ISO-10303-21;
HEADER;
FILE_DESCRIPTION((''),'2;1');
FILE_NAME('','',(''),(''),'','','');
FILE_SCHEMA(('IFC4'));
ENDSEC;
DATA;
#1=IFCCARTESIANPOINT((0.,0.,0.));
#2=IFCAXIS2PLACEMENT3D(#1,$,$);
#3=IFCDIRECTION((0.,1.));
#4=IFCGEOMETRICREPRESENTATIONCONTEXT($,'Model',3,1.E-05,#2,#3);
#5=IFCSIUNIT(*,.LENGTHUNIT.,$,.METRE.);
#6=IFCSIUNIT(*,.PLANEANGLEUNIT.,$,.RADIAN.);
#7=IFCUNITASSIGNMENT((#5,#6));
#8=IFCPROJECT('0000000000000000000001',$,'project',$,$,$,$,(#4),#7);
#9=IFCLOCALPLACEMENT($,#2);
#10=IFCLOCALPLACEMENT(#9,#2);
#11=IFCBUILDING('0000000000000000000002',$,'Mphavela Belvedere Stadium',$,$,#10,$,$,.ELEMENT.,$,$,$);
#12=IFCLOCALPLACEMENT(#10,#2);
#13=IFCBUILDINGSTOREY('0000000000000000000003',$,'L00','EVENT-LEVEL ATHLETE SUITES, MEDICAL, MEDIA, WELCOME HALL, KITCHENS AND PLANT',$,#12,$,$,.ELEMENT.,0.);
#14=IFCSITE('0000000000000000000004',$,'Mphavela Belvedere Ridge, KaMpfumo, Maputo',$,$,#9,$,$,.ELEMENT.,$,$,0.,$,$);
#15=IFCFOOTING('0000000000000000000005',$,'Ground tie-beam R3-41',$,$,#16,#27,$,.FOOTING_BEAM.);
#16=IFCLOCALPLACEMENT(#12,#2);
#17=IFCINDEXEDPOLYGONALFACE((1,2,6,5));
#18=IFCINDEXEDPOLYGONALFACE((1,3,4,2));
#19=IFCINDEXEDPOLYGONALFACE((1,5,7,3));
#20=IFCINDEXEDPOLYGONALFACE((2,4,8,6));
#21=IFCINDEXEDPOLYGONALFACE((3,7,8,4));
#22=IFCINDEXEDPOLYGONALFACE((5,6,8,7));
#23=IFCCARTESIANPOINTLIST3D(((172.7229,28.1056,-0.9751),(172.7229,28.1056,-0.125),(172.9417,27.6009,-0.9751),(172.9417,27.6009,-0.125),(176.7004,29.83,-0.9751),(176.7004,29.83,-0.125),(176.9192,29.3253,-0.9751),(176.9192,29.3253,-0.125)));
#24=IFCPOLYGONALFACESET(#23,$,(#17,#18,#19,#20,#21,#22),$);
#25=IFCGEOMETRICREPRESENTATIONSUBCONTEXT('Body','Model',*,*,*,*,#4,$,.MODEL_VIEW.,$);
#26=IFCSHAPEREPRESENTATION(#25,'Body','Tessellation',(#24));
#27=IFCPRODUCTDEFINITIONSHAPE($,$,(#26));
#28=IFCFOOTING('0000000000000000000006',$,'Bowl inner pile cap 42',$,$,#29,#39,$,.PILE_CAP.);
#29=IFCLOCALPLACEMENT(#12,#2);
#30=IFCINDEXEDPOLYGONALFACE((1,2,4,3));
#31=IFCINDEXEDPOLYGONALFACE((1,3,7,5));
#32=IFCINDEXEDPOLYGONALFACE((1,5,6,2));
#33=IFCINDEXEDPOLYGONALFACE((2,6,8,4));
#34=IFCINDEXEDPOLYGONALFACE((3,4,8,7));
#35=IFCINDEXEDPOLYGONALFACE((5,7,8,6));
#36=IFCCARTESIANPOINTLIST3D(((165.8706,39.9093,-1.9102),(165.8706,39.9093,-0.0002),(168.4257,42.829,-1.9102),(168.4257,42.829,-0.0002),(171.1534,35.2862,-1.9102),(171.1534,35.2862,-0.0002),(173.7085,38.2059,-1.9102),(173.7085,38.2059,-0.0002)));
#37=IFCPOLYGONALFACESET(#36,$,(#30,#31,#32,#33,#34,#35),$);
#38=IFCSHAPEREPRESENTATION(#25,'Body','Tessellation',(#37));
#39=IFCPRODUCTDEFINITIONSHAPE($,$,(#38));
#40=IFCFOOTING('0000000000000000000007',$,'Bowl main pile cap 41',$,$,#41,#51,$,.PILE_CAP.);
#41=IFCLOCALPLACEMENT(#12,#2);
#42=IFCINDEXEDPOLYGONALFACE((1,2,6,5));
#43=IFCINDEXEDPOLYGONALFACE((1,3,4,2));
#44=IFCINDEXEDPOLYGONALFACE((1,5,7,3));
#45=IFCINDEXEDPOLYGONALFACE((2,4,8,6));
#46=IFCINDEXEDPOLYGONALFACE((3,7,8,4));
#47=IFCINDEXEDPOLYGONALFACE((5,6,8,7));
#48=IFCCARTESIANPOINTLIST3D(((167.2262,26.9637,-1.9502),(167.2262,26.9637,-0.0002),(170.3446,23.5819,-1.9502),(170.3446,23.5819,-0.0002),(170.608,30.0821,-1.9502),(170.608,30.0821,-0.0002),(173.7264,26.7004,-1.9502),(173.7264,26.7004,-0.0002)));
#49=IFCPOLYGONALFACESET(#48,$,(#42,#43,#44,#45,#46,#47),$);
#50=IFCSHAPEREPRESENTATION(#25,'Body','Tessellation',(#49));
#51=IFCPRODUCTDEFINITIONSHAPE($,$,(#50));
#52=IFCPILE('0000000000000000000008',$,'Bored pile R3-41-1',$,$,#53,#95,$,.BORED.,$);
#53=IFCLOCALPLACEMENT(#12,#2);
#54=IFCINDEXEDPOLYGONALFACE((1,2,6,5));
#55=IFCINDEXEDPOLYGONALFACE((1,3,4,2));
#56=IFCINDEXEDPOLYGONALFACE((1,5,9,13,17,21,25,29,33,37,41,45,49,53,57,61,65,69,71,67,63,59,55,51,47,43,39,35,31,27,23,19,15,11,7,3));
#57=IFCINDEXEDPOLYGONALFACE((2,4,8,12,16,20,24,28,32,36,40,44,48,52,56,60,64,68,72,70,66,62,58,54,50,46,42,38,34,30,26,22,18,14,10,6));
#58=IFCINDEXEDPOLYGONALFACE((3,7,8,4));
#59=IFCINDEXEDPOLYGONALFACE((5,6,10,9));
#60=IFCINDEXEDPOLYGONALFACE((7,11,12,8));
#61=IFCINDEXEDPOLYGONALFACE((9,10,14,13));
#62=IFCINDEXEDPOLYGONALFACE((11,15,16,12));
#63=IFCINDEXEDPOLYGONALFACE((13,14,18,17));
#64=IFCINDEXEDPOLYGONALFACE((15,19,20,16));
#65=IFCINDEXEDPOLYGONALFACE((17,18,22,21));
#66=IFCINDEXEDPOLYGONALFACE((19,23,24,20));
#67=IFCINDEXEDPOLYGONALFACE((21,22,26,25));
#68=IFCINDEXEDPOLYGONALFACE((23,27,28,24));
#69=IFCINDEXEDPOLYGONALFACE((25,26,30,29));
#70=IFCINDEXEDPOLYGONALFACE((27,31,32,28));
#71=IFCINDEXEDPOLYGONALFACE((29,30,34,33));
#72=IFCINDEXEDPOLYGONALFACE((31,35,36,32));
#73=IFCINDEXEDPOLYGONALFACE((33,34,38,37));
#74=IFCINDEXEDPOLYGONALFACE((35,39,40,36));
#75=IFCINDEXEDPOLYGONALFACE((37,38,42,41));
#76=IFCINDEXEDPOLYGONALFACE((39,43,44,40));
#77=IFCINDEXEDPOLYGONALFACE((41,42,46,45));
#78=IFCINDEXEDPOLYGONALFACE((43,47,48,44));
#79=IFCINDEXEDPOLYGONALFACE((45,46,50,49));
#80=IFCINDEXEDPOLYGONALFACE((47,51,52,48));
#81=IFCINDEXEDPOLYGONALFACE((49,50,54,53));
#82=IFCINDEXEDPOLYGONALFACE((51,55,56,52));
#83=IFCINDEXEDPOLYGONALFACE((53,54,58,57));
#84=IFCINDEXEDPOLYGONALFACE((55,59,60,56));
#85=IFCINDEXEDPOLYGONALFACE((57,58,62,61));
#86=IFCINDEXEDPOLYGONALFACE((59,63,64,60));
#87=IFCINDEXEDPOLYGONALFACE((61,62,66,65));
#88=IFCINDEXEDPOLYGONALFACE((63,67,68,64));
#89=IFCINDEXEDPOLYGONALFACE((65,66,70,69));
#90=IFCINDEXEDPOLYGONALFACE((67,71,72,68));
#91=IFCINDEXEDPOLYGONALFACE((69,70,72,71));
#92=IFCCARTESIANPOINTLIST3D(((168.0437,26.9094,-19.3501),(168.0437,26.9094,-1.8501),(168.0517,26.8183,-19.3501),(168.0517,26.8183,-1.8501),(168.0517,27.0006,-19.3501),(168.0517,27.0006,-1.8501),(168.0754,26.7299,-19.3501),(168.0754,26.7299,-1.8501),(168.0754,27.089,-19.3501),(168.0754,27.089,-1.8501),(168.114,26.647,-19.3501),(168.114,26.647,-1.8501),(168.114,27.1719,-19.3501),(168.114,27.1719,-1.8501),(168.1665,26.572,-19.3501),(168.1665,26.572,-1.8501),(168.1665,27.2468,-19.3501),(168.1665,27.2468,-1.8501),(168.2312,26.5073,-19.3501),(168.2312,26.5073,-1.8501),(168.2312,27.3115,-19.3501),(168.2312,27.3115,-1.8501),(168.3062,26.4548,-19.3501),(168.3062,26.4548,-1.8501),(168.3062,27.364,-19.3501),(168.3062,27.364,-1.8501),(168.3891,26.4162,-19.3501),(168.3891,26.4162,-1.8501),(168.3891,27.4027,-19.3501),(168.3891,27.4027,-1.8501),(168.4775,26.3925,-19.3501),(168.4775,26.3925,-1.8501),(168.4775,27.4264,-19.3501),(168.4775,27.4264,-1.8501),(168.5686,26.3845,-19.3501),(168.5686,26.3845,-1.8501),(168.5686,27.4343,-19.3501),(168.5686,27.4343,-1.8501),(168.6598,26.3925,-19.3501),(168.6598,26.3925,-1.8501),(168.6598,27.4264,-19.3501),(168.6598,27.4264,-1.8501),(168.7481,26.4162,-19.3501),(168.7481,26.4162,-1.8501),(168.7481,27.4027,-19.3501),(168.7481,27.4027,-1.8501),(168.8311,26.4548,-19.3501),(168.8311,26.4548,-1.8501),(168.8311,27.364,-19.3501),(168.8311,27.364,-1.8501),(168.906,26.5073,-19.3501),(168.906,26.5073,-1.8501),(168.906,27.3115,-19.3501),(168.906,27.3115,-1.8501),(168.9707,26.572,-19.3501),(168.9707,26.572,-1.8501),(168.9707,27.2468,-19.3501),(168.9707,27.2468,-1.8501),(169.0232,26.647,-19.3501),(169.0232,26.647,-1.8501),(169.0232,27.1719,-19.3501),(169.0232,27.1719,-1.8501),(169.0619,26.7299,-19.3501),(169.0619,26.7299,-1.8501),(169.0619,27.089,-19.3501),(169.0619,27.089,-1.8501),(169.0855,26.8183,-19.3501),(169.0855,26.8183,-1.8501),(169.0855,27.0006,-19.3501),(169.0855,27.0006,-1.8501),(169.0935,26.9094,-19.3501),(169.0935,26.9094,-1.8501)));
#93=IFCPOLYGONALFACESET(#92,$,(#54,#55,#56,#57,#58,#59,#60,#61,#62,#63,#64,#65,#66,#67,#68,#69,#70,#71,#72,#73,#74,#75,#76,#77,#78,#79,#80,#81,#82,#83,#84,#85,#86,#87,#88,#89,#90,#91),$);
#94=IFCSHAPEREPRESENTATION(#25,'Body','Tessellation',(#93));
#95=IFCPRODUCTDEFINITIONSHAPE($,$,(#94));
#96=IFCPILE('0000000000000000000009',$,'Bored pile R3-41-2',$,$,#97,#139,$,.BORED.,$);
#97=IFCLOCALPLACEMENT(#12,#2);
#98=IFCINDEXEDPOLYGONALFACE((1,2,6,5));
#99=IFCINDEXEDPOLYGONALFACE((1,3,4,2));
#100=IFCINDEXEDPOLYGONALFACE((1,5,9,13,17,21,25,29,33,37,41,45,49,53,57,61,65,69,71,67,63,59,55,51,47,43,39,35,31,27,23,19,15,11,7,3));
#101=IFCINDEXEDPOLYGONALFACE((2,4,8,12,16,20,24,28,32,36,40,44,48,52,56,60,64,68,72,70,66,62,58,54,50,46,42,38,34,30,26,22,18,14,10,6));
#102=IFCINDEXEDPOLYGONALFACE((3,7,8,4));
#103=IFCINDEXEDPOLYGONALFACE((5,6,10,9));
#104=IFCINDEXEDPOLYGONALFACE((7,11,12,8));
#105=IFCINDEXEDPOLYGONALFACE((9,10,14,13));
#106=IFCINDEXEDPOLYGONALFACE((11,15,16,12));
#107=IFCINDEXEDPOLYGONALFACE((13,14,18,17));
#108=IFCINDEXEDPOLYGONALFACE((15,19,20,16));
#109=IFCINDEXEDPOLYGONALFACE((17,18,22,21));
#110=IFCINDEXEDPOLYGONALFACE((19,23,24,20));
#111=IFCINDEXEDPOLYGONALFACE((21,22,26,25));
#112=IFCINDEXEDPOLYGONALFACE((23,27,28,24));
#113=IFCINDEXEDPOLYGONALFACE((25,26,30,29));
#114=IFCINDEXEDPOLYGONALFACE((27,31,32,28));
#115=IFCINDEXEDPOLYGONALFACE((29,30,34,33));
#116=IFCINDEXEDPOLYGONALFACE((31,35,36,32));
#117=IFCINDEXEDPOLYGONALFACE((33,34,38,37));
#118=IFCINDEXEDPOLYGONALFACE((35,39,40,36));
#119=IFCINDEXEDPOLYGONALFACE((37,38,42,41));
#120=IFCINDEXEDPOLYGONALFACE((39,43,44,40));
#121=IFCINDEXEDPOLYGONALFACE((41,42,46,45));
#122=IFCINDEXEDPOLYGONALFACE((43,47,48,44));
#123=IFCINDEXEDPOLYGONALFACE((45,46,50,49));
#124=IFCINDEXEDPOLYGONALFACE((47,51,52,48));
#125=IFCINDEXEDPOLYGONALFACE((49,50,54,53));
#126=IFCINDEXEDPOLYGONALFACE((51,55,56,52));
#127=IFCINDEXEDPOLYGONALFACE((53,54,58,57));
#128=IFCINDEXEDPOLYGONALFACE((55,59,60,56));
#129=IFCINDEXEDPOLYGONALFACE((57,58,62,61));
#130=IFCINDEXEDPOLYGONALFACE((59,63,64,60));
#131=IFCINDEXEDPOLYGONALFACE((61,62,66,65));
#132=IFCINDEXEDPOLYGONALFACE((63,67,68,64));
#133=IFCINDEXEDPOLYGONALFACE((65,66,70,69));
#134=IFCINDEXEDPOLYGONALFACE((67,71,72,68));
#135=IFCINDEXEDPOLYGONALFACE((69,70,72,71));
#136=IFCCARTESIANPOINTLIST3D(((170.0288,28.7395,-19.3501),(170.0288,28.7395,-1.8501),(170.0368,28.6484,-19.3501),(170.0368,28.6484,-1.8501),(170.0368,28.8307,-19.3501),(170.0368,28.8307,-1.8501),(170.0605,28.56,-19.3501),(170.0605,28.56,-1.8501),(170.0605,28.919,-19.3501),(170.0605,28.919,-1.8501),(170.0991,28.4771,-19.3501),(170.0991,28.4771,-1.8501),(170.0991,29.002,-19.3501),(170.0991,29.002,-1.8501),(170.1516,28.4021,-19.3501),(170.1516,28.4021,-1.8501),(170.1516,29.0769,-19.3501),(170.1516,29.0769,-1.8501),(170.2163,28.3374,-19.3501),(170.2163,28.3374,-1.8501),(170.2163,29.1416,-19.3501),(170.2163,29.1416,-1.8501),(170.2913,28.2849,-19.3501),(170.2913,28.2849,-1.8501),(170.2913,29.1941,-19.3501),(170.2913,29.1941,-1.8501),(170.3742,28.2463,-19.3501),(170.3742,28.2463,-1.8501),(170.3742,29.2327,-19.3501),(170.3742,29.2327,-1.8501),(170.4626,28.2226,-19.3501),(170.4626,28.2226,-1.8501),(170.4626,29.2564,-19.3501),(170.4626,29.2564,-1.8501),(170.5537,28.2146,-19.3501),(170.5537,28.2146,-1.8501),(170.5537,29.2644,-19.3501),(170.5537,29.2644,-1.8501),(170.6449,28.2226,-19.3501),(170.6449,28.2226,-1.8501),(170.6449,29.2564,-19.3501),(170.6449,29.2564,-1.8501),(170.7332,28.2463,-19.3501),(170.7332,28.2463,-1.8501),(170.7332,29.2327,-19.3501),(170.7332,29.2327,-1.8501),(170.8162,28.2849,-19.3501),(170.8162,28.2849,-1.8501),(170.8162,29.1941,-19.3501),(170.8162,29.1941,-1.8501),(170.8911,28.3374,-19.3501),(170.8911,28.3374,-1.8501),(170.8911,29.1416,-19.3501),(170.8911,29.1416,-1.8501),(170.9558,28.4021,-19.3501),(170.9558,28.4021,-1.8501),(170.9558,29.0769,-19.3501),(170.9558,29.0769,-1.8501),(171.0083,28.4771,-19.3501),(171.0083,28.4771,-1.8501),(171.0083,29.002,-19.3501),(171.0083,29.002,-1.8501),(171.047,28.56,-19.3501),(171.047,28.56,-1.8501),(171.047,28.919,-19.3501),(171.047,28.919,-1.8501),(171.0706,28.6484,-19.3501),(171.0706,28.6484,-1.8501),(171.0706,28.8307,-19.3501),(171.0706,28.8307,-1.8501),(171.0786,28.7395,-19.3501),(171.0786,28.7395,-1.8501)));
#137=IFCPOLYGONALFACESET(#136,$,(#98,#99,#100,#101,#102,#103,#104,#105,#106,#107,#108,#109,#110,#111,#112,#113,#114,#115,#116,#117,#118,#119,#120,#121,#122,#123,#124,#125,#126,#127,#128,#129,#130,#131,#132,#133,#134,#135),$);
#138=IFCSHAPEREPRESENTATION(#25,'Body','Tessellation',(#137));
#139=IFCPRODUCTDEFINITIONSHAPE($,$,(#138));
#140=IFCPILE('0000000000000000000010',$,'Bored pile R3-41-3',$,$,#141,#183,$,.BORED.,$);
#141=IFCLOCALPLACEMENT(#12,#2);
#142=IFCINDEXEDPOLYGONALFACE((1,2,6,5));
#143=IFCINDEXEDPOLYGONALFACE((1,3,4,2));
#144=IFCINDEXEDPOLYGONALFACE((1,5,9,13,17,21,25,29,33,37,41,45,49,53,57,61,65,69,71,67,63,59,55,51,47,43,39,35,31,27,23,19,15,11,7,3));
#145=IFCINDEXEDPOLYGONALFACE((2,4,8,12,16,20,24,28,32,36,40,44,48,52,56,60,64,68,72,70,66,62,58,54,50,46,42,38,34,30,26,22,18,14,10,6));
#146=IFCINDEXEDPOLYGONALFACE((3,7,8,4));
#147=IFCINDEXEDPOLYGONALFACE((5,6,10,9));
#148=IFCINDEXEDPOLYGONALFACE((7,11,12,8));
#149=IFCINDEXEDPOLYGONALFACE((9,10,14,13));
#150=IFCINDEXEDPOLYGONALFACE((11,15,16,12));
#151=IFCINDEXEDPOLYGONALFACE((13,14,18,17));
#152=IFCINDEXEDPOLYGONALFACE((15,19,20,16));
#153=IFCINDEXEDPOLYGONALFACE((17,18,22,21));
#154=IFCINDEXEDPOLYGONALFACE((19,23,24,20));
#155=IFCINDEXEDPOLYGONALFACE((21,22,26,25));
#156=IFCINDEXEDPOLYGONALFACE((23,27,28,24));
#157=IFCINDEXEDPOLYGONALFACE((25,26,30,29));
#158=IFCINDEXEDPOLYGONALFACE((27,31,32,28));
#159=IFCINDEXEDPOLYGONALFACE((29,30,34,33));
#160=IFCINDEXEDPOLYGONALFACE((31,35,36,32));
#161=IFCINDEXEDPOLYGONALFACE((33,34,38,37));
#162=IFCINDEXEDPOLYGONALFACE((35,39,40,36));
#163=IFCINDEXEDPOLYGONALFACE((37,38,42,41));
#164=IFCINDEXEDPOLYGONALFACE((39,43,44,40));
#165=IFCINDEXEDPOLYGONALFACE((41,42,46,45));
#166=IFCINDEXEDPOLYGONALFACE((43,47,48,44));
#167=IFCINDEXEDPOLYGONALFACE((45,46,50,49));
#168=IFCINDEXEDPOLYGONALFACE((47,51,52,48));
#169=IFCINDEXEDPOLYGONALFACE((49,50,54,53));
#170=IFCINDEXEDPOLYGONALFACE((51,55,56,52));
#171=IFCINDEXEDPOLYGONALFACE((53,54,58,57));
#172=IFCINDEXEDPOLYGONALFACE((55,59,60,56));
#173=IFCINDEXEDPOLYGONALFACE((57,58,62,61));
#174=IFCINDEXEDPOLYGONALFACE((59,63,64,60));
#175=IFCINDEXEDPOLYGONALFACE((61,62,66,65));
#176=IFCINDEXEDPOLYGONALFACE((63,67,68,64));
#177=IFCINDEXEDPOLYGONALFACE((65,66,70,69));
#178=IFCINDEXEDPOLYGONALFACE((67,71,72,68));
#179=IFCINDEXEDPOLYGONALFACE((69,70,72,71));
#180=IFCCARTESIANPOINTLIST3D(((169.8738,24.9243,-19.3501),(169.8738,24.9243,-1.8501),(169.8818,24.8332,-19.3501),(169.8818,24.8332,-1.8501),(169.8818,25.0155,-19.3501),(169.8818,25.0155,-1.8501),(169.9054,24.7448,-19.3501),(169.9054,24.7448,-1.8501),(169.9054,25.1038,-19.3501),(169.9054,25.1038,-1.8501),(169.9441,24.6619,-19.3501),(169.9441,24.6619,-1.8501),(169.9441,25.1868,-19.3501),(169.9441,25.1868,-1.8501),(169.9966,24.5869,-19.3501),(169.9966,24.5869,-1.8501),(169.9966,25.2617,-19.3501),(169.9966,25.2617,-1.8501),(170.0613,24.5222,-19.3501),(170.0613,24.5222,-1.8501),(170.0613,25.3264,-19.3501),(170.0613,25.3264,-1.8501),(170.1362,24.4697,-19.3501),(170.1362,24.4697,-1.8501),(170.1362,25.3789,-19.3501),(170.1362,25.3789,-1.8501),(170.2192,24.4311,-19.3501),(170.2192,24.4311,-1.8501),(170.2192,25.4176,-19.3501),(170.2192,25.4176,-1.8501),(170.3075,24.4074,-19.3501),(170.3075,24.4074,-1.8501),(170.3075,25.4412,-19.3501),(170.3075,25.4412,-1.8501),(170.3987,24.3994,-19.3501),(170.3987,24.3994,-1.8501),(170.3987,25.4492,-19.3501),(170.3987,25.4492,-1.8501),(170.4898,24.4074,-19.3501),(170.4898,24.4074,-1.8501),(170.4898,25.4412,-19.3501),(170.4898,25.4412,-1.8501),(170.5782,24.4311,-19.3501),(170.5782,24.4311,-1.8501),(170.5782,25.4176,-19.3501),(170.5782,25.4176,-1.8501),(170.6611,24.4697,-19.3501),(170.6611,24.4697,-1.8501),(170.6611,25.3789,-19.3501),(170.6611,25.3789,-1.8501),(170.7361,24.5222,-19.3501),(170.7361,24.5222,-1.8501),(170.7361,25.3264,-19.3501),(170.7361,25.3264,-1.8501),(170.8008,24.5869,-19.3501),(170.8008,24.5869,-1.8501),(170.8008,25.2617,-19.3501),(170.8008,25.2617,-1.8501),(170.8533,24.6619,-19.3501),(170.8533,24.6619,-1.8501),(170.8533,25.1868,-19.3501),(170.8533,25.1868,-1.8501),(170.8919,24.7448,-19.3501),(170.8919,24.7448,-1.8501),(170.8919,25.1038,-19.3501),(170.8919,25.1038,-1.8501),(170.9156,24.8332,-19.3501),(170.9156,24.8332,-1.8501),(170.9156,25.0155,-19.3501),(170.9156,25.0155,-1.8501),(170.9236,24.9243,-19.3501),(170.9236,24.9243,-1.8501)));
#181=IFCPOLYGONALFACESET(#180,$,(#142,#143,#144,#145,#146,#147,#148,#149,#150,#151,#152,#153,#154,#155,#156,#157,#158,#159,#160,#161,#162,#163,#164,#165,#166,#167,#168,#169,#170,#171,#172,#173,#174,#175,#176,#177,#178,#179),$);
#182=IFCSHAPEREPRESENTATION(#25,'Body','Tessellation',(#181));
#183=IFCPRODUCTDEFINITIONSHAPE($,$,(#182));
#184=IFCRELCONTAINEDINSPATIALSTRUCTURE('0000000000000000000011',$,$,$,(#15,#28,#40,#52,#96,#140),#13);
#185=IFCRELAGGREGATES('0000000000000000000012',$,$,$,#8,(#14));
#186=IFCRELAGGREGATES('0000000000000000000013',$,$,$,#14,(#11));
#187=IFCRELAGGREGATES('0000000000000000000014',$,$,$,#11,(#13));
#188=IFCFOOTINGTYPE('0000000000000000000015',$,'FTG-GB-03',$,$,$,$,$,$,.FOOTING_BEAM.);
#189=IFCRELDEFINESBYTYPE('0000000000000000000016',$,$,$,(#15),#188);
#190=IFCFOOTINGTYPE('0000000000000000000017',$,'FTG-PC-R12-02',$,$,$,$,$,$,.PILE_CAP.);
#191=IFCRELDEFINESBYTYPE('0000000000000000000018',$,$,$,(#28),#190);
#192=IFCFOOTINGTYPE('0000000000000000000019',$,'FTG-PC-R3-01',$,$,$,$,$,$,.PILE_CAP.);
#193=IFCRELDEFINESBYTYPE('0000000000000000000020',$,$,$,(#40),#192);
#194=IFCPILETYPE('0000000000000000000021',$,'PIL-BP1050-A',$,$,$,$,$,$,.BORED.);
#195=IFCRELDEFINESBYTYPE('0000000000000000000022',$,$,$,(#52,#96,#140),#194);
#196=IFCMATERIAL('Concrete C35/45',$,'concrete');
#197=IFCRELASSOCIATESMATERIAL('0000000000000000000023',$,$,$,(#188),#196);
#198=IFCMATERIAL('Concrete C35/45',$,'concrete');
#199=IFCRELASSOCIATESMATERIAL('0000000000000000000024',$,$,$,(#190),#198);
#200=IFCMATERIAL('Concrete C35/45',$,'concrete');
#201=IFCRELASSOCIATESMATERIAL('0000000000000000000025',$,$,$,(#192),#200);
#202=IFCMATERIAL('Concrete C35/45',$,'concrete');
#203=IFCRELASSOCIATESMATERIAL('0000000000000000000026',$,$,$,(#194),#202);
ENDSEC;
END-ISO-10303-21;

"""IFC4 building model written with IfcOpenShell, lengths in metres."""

from ifc_helpers import new_model, si_unit, direction, frame, origin, origin_2d, place, context, subcontext, project, spatial, rectangle, circle, extrude, material, material_profile, profile_set, type_object, element, save


model = new_model("IFC4")

# Units and contexts
model_context = context("Model", 3, precision=1e-05, world=origin(), true_north=direction((0.0, 1.0)))
body_context = subcontext(model_context, "Body", "Model", "MODEL_VIEW")
ifc_project = project(units=[si_unit("LENGTHUNIT", "METRE"), si_unit("PLANEANGLEUNIT", "RADIAN")], contexts=[model_context])

# Site, building, storey
site_placement = place(None, origin())
site = spatial("IfcSite", under=ifc_project, at=site_placement, Name="Mphavela Belvedere Ridge, KaMpfumo, Maputo", CompositionType="ELEMENT", RefElevation=0.0)
building_placement = place(site_placement, origin())
building = spatial("IfcBuilding", under=site, at=building_placement, Name="Mphavela Belvedere Stadium", CompositionType="ELEMENT")
storey_placement = place(building_placement, origin())
storey = spatial("IfcBuildingStorey", under=building, at=storey_placement, Name="L00", Description="EVENT-LEVEL ATHLETE SUITES, MEDICAL, MEDIA, WELCOME HALL, KITCHENS AND PLANT", CompositionType="ELEMENT", Elevation=0.0)

# Footings
ifc_material_1 = material(Name="Concrete C35/45", Category="concrete")
ifc_material_profile_1 = material_profile(ifc_material_1, rectangle(XDim=0.55, YDim=0.8501, at=origin_2d()), Name="GB 550x850")
ifc_profile_set_1 = profile_set([ifc_material_profile_1], Name="Concrete C35/45")
footing_type_1 = type_object("IfcFootingType", Name="FTG-GB-03", PredefinedType="FOOTING_BEAM", material=ifc_profile_set_1)
footing_1_placement = place(storey_placement, frame((172.8323, 27.8533, -0.55), z_axis=(0.917491, 0.397756, 0.0), x_axis=(-0.397756, 0.917491, 0.0)))
element("IfcFooting", 1, at=footing_1_placement, inside=storey, type_object=footing_type_1, Name="Ground tie-beam R3-41", PredefinedType="FOOTING_BEAM", context=body_context, shape_type="SweptSolid", body=[
    extrude(rectangle(XDim=0.55, YDim=0.8501, at=origin_2d()), origin(), (0.0, 0.0, 1.0), 4.3352),
])
ifc_material_2 = material(Name="Concrete C35/45", Category="concrete")
footing_type_2 = type_object("IfcFootingType", Name="FTG-PC-R12-02", PredefinedType="PILE_CAP", material=ifc_material_2)
footing_2_placement = place(storey_placement, frame((169.7896, 39.0576, -1.9102), z_axis=(0.0, 0.0, 1.0), x_axis=(0.75253, -0.658558, 0.0)))
element("IfcFooting", 2, at=footing_2_placement, inside=storey, type_object=footing_type_2, Name="Bowl inner pile cap 42", PredefinedType="PILE_CAP", context=body_context, shape_type="SweptSolid", body=[
    extrude(rectangle(XDim=7.02, YDim=3.8799, at=origin_2d()), origin(), (0.0, 0.0, 1.0), 1.9099),
])
ifc_material_3 = material(Name="Concrete C35/45", Category="concrete")
footing_type_3 = type_object("IfcFootingType", Name="FTG-PC-R3-01", PredefinedType="PILE_CAP", material=ifc_material_3)
footing_3_placement = place(storey_placement, frame((170.4763, 26.832, -1.9502), z_axis=(0.0, 0.0, 1.0), x_axis=(0.677903, -0.735151, 0.0)))
element("IfcFooting", 3, at=footing_3_placement, inside=storey, type_object=footing_type_3, Name="Bowl main pile cap 41", PredefinedType="PILE_CAP", context=body_context, shape_type="SweptSolid", body=[
    extrude(rectangle(XDim=4.6001, YDim=4.6001, at=origin_2d()), origin(), (0.0, 0.0, 1.0), 1.95),
])

# Piles
ifc_material_4 = material(Name="Concrete C35/45", Category="concrete")
ifc_material_profile_2 = material_profile(ifc_material_4, circle(Radius=0.5249, at=origin_2d()), Name="BP D1050")
ifc_profile_set_2 = profile_set([ifc_material_profile_2], Name="Concrete C35/45")
pile_type_1 = type_object("IfcPileType", Name="PIL-BP1050-A", PredefinedType="BORED", material=ifc_profile_set_2)
for number, where, z_axis, x_axis, name in (
    (4, (168.5686, 26.9094, -1.8501), (0.0, 0.0, -1.0), (1.0, 0.0, 0.0), "Bored pile R3-41-1"),
    (5, (170.5537, 28.7395, -1.8501), (0.0, 0.0, -1.0), (1.0, 0.0, 0.0), "Bored pile R3-41-2"),
    (6, (170.3987, 24.9243, -1.8501), (0.0, 0.0, -1.0), (1.0, 0.0, 0.0), "Bored pile R3-41-3"),
):
    element("IfcPile", number, at=place(storey_placement, frame(where, z_axis=z_axis, x_axis=x_axis)), inside=storey, type_object=pile_type_1, Name=name, PredefinedType="BORED", context=body_context, shape_type="SweptSolid", body=[
        extrude(circle(Radius=0.5249, at=origin_2d()), origin(), (0.0, 0.0, 1.0), 17.5),
    ])

save(model, "model.ifc")
